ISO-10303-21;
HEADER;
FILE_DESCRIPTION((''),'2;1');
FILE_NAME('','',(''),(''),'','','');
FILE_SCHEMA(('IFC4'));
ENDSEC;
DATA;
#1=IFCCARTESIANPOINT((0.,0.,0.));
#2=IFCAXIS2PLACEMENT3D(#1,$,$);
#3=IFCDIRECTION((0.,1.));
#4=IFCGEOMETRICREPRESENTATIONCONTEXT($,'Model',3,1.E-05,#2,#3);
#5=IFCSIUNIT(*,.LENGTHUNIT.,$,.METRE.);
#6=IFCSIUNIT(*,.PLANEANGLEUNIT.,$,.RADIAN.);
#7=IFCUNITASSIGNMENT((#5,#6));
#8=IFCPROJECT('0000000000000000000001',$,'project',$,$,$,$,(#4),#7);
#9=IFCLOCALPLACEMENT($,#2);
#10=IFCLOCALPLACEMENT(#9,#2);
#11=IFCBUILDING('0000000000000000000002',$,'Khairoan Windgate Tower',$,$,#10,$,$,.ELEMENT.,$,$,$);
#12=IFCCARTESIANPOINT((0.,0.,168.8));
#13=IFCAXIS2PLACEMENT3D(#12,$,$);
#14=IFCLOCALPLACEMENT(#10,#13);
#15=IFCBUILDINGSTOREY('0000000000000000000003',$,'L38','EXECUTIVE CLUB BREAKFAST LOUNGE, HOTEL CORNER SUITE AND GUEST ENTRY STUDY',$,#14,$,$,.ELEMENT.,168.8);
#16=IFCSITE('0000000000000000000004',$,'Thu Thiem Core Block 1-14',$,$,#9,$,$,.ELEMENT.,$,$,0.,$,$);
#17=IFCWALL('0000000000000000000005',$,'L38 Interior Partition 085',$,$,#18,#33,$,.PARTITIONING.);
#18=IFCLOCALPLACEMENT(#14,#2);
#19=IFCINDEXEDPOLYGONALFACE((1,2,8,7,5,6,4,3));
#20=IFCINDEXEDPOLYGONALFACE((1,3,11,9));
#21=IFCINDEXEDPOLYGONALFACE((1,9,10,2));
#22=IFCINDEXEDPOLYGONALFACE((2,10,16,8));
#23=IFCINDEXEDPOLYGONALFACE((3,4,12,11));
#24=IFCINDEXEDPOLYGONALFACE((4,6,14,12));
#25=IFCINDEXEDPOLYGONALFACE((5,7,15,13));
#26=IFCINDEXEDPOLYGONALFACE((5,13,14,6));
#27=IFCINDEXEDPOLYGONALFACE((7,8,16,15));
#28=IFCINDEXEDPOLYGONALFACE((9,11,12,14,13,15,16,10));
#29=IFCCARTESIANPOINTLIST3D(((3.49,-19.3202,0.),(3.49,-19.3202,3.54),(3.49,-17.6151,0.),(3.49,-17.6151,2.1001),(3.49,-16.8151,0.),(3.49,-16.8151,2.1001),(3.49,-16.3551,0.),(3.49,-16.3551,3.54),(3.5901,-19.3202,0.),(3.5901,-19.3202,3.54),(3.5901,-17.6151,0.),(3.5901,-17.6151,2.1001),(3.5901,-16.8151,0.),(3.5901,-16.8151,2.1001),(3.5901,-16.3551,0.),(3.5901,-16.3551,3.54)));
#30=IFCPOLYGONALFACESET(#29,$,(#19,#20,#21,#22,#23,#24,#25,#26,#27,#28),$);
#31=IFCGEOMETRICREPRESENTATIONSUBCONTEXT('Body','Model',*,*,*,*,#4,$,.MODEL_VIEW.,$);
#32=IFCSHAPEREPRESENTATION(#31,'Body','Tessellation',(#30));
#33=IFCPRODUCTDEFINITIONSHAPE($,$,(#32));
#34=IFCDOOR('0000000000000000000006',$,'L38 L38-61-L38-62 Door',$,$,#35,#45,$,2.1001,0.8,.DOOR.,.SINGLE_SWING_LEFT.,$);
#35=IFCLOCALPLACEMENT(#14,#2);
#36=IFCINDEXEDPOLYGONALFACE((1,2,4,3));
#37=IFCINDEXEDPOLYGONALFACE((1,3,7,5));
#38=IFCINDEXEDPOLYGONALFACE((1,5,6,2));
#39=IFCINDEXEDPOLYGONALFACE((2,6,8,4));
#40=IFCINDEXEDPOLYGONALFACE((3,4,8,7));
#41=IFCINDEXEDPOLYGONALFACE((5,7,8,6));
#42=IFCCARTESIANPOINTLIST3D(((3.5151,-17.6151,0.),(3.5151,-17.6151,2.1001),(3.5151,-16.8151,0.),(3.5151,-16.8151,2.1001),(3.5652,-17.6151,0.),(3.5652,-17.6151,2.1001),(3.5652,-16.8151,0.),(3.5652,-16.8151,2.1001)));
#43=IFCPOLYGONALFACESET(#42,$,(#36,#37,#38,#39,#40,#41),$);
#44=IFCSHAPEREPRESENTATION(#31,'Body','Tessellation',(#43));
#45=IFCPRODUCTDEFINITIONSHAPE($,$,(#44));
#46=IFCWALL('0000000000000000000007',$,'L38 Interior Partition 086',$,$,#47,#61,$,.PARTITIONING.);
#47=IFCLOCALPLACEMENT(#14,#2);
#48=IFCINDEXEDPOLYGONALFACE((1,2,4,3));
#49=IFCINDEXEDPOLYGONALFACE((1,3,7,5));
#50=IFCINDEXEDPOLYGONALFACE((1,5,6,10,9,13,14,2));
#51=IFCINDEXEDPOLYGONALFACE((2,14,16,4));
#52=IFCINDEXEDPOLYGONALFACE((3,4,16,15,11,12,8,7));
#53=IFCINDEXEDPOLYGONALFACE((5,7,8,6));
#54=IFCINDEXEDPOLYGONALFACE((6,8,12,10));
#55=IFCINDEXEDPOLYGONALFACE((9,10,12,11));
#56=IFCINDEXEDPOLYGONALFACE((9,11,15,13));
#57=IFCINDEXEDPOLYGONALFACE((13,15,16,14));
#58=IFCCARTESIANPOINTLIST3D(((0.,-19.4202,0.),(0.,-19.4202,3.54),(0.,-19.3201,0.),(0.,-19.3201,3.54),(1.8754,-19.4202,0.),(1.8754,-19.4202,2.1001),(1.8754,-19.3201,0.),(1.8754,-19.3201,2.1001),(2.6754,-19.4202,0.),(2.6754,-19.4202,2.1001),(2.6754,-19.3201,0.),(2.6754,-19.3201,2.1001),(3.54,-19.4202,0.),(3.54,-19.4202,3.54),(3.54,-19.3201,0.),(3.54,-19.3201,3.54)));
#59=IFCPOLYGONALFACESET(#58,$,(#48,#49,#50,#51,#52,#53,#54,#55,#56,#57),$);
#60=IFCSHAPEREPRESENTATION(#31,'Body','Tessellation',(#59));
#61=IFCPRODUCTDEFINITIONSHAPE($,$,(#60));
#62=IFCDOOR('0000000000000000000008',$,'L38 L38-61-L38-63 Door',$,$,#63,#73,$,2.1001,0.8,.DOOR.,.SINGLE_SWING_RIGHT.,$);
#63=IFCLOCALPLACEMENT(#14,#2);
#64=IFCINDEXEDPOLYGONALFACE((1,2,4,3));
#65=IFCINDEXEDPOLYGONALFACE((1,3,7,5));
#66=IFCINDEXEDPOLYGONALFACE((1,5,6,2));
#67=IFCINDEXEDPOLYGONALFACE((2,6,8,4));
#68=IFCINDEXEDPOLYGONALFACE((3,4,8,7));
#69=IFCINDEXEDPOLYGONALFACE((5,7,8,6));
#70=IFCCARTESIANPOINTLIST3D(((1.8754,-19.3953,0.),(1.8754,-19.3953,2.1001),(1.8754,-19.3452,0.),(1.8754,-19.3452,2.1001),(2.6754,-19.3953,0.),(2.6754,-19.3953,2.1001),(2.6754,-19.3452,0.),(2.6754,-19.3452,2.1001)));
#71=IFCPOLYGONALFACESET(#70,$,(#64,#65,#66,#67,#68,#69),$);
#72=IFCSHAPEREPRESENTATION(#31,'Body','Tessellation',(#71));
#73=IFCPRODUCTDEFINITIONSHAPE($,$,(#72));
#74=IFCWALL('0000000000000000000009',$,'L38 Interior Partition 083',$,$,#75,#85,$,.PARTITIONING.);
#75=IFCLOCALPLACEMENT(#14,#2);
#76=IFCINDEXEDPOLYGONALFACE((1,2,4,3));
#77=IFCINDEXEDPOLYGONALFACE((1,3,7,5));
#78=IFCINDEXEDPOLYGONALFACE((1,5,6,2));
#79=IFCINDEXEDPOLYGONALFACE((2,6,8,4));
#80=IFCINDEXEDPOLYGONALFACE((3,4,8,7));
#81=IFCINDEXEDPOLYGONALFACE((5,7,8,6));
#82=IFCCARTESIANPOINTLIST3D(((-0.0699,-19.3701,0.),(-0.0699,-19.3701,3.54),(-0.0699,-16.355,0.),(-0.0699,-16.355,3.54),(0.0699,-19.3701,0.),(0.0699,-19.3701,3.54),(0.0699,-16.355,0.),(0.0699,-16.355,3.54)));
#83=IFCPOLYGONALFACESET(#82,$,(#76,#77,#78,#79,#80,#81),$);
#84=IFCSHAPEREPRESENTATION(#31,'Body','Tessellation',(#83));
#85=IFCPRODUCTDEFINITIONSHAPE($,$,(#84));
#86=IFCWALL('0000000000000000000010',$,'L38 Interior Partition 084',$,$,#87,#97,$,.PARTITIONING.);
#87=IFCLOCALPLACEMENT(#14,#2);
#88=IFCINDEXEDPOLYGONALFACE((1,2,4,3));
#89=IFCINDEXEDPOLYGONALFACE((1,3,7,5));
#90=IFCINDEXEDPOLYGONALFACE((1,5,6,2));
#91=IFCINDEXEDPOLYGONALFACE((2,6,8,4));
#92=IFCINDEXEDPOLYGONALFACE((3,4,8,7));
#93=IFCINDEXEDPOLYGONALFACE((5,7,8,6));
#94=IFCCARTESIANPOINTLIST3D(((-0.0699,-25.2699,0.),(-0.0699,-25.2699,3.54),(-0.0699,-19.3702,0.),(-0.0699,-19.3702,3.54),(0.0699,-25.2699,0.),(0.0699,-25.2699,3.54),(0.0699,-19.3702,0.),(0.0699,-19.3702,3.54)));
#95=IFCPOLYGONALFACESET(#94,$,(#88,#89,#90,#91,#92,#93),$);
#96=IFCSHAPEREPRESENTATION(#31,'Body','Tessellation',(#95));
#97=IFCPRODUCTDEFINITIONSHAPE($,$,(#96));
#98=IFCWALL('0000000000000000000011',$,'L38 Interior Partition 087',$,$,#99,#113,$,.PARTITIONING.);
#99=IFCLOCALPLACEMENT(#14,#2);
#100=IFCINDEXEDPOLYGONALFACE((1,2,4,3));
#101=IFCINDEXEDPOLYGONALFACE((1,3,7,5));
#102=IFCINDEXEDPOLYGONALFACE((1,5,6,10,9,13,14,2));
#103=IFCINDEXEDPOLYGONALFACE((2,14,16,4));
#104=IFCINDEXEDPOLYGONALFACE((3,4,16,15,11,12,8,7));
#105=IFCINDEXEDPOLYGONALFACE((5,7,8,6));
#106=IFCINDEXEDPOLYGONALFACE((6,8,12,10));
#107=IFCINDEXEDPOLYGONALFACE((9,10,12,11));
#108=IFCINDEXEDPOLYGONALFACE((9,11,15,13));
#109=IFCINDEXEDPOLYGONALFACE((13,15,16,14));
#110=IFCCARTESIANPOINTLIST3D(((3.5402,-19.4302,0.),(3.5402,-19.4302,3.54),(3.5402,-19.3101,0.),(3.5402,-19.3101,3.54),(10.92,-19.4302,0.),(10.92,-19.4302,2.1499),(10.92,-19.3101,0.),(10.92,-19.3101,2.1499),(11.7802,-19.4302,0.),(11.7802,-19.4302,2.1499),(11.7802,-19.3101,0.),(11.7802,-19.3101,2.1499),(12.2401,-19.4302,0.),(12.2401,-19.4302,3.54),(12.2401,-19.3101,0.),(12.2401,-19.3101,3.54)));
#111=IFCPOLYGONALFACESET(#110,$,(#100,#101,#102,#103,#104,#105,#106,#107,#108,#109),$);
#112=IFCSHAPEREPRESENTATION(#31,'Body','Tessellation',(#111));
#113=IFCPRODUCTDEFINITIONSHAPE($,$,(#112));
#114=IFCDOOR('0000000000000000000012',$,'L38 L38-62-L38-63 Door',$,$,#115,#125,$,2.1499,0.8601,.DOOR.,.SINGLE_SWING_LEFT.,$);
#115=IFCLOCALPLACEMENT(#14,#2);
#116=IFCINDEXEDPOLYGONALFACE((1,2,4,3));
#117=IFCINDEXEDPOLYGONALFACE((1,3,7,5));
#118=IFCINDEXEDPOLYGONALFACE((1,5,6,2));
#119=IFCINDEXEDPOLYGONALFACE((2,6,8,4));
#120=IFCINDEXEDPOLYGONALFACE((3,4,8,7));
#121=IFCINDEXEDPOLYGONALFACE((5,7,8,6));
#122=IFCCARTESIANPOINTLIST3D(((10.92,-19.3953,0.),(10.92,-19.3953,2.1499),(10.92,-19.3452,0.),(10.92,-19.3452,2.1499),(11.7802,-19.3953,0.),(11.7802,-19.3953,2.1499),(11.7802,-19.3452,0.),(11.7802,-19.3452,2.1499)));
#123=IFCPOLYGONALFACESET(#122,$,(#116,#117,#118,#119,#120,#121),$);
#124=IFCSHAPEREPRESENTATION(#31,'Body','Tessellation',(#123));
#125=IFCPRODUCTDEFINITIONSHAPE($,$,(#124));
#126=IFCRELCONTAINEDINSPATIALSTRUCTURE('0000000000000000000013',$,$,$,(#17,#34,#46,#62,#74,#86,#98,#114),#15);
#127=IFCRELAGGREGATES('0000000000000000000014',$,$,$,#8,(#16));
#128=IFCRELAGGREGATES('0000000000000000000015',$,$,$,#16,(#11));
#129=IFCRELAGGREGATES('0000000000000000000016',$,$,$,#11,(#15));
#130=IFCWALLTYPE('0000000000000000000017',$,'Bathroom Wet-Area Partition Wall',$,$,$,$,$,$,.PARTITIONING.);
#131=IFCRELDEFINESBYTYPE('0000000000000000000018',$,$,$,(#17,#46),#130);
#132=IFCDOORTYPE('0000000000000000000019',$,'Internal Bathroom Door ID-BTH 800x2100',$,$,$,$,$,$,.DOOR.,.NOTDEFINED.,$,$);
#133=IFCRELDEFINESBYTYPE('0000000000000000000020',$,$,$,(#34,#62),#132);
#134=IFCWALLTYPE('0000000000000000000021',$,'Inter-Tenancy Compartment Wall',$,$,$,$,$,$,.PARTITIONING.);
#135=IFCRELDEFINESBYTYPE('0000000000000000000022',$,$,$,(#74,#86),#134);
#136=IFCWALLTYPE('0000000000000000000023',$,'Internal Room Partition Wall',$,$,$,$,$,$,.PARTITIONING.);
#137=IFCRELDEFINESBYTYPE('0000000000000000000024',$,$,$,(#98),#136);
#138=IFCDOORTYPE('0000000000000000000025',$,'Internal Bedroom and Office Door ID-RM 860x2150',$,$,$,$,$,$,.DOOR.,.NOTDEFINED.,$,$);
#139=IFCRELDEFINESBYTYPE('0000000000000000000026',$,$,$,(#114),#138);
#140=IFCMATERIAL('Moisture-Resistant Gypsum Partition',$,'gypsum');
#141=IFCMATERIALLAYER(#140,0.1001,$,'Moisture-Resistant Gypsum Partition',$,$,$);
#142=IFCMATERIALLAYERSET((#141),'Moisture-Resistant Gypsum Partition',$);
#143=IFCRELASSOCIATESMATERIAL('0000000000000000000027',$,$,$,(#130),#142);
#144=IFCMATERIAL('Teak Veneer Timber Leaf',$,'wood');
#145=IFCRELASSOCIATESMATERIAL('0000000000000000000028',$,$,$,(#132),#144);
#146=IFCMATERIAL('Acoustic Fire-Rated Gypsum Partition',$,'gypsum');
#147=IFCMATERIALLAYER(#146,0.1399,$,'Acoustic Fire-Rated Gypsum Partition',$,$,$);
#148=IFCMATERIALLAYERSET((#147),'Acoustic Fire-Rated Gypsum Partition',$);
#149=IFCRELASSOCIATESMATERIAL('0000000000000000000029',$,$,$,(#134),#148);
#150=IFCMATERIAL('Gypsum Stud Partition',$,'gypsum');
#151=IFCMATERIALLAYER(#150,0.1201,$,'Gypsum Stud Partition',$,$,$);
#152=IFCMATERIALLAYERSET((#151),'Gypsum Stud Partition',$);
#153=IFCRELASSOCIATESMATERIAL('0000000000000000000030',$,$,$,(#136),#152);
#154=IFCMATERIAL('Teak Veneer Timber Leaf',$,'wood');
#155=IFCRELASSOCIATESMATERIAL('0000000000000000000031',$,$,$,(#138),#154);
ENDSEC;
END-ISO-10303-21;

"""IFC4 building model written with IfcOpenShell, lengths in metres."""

from ifc_helpers import new_model, si_unit, direction, frame, frame_2d, origin, place, context, subcontext, project, spatial, rectangle, extrude, material, layer, layer_set, type_object, element, fill, save


model = new_model("IFC4")

# Units and contexts
model_context = context("Model", 3, precision=1e-05, world=origin(), true_north=direction((0.0, 1.0)))
body_context = subcontext(model_context, "Body", "Model", "MODEL_VIEW")
ifc_project = project(units=[si_unit("LENGTHUNIT", "METRE"), si_unit("PLANEANGLEUNIT", "RADIAN")], contexts=[model_context])

# Site, building, storey
site_placement = place(None, origin())
site = spatial("IfcSite", under=ifc_project, at=site_placement, Name="Thu Thiem Core Block 1-14", CompositionType="ELEMENT", RefElevation=0.0)
building_placement = place(site_placement, origin())
building = spatial("IfcBuilding", under=site, at=building_placement, Name="Khairoan Windgate Tower", CompositionType="ELEMENT")
storey_placement = place(building_placement, frame((0.0, 0.0, 168.8)))
storey = spatial("IfcBuildingStorey", under=building, at=storey_placement, Name="L38", Description="EXECUTIVE CLUB BREAKFAST LOUNGE, HOTEL CORNER SUITE AND GUEST ENTRY STUDY", CompositionType="ELEMENT", Elevation=168.8)

# Walls, openings, doors
ifc_material_1 = material(Name="Moisture-Resistant Gypsum Partition", Category="gypsum")
ifc_layer_1 = layer(ifc_material_1, 0.1001, Name="Moisture-Resistant Gypsum Partition")
ifc_layer_set_1 = layer_set([ifc_layer_1], Name="Moisture-Resistant Gypsum Partition")
wall_type_1 = type_object("IfcWallType", Name="Bathroom Wet-Area Partition Wall", PredefinedType="PARTITIONING", material=ifc_layer_set_1)
wall_1_placement = place(storey_placement, frame((3.54, -19.3201, 0.0), z_axis=(0.0, 0.0, 1.0), x_axis=(0.0, 1.0, 0.0)))
wall_1 = element("IfcWall", 1, at=wall_1_placement, inside=storey, type_object=wall_type_1, Name="L38 Interior Partition 085", PredefinedType="PARTITIONING", context=body_context, shape_type="SweptSolid", body=[
    extrude(rectangle(XDim=2.9651, YDim=0.1001, at=frame_2d((1.4824, 0.0))), origin(), (0.0, 0.0, 1.0), 3.54),
])
opening_1_placement = place(wall_1_placement, frame((1.7051, 0.0, 0.0)))
opening_1 = element("IfcOpeningElement", 2, at=opening_1_placement, cuts=wall_1, PredefinedType="OPENING", context=body_context, shape_type="SweptSolid", body=[
    extrude(rectangle(XDim=0.8, YDim=2.1001, at=frame_2d((0.3999, 1.05))), frame((0.0, 0.0601, 0.0), z_axis=(0.0, -1.0, 0.0), x_axis=(1.0, 0.0, 0.0)), (0.0, 0.0, 1.0), 0.1201),
])
ifc_material_2 = material(Name="Teak Veneer Timber Leaf", Category="wood")
door_type_1 = type_object("IfcDoorType", Name="Internal Bathroom Door ID-BTH 800x2100", OperationType="NOTDEFINED", PredefinedType="DOOR", material=ifc_material_2)
door_1_placement = place(opening_1_placement, origin())
door_1 = element("IfcDoor", 3, at=door_1_placement, inside=storey, type_object=door_type_1, Name="L38 L38-61-L38-62 Door", OperationType="SINGLE_SWING_LEFT", OverallHeight=2.1001, OverallWidth=0.8, PredefinedType="DOOR", context=body_context, shape_type="SweptSolid", body=[
    extrude(rectangle(XDim=0.8, YDim=2.1001, at=frame_2d((0.3999, 1.05))), frame((0.0, 0.0249, 0.0), z_axis=(0.0, -1.0, 0.0), x_axis=(1.0, 0.0, 0.0)), (0.0, 0.0, 1.0), 0.05),
])
fill(opening_1, door_1)
wall_2_placement = place(storey_placement, frame((0.0, -19.3701, 0.0), z_axis=(0.0, 0.0, 1.0), x_axis=(1.0, 0.0, 0.0)))
wall_2 = element("IfcWall", 4, at=wall_2_placement, inside=storey, type_object=wall_type_1, Name="L38 Interior Partition 086", PredefinedType="PARTITIONING", context=body_context, shape_type="SweptSolid", body=[
    extrude(rectangle(XDim=3.54, YDim=0.1001, at=frame_2d((1.77, 0.0))), origin(), (0.0, 0.0, 1.0), 3.54),
])
opening_2_placement = place(wall_2_placement, frame((1.8755, 0.0, 0.0)))
opening_2 = element("IfcOpeningElement", 5, at=opening_2_placement, cuts=wall_2, PredefinedType="OPENING", context=body_context, shape_type="SweptSolid", body=[
    extrude(rectangle(XDim=0.8, YDim=2.1001, at=frame_2d((0.3999, 1.05))), frame((0.0, 0.0601, 0.0), z_axis=(0.0, -1.0, 0.0), x_axis=(1.0, 0.0, 0.0)), (0.0, 0.0, 1.0), 0.1201),
])
door_2_placement = place(opening_2_placement, origin())
door_2 = element("IfcDoor", 6, at=door_2_placement, inside=storey, type_object=door_type_1, Name="L38 L38-61-L38-63 Door", OperationType="SINGLE_SWING_RIGHT", OverallHeight=2.1001, OverallWidth=0.8, PredefinedType="DOOR", context=body_context, shape_type="SweptSolid", body=[
    extrude(rectangle(XDim=0.8, YDim=2.1001, at=frame_2d((0.3999, 1.05))), frame((0.0, 0.0249, 0.0), z_axis=(0.0, -1.0, 0.0), x_axis=(1.0, 0.0, 0.0)), (0.0, 0.0, 1.0), 0.05),
])
fill(opening_2, door_2)

# Walls
ifc_material_3 = material(Name="Acoustic Fire-Rated Gypsum Partition", Category="gypsum")
ifc_layer_2 = layer(ifc_material_3, 0.1399, Name="Acoustic Fire-Rated Gypsum Partition")
ifc_layer_set_2 = layer_set([ifc_layer_2], Name="Acoustic Fire-Rated Gypsum Partition")
wall_type_2 = type_object("IfcWallType", Name="Inter-Tenancy Compartment Wall", PredefinedType="PARTITIONING", material=ifc_layer_set_2)
wall_3_placement = place(storey_placement, frame((0.0, -19.3701, 0.0), z_axis=(0.0, 0.0, 1.0), x_axis=(0.0, 1.0, 0.0)))
element("IfcWall", 7, at=wall_3_placement, inside=storey, type_object=wall_type_2, Name="L38 Interior Partition 083", PredefinedType="PARTITIONING", context=body_context, shape_type="SweptSolid", body=[
    extrude(rectangle(XDim=3.0151, YDim=0.1399, at=frame_2d((1.5076, 0.0))), origin(), (0.0, 0.0, 1.0), 3.54),
])
wall_4_placement = place(storey_placement, frame((0.0, -25.2698, 0.0), z_axis=(0.0, 0.0, 1.0), x_axis=(0.0, 1.0, 0.0)))
element("IfcWall", 8, at=wall_4_placement, inside=storey, type_object=wall_type_2, Name="L38 Interior Partition 084", PredefinedType="PARTITIONING", context=body_context, shape_type="SweptSolid", body=[
    extrude(rectangle(XDim=5.8997, YDim=0.1399, at=frame_2d((2.9497, 0.0))), origin(), (0.0, 0.0, 1.0), 3.54),
])

# Wall, opening, door
ifc_material_4 = material(Name="Gypsum Stud Partition", Category="gypsum")
ifc_layer_3 = layer(ifc_material_4, 0.1201, Name="Gypsum Stud Partition")
ifc_layer_set_3 = layer_set([ifc_layer_3], Name="Gypsum Stud Partition")
wall_type_3 = type_object("IfcWallType", Name="Internal Room Partition Wall", PredefinedType="PARTITIONING", material=ifc_layer_set_3)
wall_5_placement = place(storey_placement, frame((3.54, -19.3701, 0.0), z_axis=(0.0, 0.0, 1.0), x_axis=(1.0, 0.0, 0.0)))
wall_5 = element("IfcWall", 9, at=wall_5_placement, inside=storey, type_object=wall_type_3, Name="L38 Interior Partition 087", PredefinedType="PARTITIONING", context=body_context, shape_type="SweptSolid", body=[
    extrude(rectangle(XDim=8.7, YDim=0.1201, at=frame_2d((4.3501, 0.0))), origin(), (0.0, 0.0, 1.0), 3.54),
])
opening_3_placement = place(wall_5_placement, frame((7.3799, 0.0, 0.0)))
opening_3 = element("IfcOpeningElement", 10, at=opening_3_placement, cuts=wall_5, PredefinedType="OPENING", context=body_context, shape_type="SweptSolid", body=[
    extrude(rectangle(XDim=0.8601, YDim=2.1499, at=frame_2d((0.4302, 1.075))), frame((0.0, 0.0701, 0.0), z_axis=(0.0, -1.0, 0.0), x_axis=(1.0, 0.0, 0.0)), (0.0, 0.0, 1.0), 0.1401),
])
ifc_material_5 = material(Name="Teak Veneer Timber Leaf", Category="wood")
door_type_2 = type_object("IfcDoorType", Name="Internal Bedroom and Office Door ID-RM 860x2150", OperationType="NOTDEFINED", PredefinedType="DOOR", material=ifc_material_5)
door_3_placement = place(opening_3_placement, origin())
door_3 = element("IfcDoor", 11, at=door_3_placement, inside=storey, type_object=door_type_2, Name="L38 L38-62-L38-63 Door", OperationType="SINGLE_SWING_LEFT", OverallHeight=2.1499, OverallWidth=0.8601, PredefinedType="DOOR", context=body_context, shape_type="SweptSolid", body=[
    extrude(rectangle(XDim=0.8601, YDim=2.1499, at=frame_2d((0.4302, 1.075))), frame((0.0, 0.0249, 0.0), z_axis=(0.0, -1.0, 0.0), x_axis=(1.0, 0.0, 0.0)), (0.0, 0.0, 1.0), 0.05),
])
fill(opening_3, door_3)

save(model, "model.ifc")
